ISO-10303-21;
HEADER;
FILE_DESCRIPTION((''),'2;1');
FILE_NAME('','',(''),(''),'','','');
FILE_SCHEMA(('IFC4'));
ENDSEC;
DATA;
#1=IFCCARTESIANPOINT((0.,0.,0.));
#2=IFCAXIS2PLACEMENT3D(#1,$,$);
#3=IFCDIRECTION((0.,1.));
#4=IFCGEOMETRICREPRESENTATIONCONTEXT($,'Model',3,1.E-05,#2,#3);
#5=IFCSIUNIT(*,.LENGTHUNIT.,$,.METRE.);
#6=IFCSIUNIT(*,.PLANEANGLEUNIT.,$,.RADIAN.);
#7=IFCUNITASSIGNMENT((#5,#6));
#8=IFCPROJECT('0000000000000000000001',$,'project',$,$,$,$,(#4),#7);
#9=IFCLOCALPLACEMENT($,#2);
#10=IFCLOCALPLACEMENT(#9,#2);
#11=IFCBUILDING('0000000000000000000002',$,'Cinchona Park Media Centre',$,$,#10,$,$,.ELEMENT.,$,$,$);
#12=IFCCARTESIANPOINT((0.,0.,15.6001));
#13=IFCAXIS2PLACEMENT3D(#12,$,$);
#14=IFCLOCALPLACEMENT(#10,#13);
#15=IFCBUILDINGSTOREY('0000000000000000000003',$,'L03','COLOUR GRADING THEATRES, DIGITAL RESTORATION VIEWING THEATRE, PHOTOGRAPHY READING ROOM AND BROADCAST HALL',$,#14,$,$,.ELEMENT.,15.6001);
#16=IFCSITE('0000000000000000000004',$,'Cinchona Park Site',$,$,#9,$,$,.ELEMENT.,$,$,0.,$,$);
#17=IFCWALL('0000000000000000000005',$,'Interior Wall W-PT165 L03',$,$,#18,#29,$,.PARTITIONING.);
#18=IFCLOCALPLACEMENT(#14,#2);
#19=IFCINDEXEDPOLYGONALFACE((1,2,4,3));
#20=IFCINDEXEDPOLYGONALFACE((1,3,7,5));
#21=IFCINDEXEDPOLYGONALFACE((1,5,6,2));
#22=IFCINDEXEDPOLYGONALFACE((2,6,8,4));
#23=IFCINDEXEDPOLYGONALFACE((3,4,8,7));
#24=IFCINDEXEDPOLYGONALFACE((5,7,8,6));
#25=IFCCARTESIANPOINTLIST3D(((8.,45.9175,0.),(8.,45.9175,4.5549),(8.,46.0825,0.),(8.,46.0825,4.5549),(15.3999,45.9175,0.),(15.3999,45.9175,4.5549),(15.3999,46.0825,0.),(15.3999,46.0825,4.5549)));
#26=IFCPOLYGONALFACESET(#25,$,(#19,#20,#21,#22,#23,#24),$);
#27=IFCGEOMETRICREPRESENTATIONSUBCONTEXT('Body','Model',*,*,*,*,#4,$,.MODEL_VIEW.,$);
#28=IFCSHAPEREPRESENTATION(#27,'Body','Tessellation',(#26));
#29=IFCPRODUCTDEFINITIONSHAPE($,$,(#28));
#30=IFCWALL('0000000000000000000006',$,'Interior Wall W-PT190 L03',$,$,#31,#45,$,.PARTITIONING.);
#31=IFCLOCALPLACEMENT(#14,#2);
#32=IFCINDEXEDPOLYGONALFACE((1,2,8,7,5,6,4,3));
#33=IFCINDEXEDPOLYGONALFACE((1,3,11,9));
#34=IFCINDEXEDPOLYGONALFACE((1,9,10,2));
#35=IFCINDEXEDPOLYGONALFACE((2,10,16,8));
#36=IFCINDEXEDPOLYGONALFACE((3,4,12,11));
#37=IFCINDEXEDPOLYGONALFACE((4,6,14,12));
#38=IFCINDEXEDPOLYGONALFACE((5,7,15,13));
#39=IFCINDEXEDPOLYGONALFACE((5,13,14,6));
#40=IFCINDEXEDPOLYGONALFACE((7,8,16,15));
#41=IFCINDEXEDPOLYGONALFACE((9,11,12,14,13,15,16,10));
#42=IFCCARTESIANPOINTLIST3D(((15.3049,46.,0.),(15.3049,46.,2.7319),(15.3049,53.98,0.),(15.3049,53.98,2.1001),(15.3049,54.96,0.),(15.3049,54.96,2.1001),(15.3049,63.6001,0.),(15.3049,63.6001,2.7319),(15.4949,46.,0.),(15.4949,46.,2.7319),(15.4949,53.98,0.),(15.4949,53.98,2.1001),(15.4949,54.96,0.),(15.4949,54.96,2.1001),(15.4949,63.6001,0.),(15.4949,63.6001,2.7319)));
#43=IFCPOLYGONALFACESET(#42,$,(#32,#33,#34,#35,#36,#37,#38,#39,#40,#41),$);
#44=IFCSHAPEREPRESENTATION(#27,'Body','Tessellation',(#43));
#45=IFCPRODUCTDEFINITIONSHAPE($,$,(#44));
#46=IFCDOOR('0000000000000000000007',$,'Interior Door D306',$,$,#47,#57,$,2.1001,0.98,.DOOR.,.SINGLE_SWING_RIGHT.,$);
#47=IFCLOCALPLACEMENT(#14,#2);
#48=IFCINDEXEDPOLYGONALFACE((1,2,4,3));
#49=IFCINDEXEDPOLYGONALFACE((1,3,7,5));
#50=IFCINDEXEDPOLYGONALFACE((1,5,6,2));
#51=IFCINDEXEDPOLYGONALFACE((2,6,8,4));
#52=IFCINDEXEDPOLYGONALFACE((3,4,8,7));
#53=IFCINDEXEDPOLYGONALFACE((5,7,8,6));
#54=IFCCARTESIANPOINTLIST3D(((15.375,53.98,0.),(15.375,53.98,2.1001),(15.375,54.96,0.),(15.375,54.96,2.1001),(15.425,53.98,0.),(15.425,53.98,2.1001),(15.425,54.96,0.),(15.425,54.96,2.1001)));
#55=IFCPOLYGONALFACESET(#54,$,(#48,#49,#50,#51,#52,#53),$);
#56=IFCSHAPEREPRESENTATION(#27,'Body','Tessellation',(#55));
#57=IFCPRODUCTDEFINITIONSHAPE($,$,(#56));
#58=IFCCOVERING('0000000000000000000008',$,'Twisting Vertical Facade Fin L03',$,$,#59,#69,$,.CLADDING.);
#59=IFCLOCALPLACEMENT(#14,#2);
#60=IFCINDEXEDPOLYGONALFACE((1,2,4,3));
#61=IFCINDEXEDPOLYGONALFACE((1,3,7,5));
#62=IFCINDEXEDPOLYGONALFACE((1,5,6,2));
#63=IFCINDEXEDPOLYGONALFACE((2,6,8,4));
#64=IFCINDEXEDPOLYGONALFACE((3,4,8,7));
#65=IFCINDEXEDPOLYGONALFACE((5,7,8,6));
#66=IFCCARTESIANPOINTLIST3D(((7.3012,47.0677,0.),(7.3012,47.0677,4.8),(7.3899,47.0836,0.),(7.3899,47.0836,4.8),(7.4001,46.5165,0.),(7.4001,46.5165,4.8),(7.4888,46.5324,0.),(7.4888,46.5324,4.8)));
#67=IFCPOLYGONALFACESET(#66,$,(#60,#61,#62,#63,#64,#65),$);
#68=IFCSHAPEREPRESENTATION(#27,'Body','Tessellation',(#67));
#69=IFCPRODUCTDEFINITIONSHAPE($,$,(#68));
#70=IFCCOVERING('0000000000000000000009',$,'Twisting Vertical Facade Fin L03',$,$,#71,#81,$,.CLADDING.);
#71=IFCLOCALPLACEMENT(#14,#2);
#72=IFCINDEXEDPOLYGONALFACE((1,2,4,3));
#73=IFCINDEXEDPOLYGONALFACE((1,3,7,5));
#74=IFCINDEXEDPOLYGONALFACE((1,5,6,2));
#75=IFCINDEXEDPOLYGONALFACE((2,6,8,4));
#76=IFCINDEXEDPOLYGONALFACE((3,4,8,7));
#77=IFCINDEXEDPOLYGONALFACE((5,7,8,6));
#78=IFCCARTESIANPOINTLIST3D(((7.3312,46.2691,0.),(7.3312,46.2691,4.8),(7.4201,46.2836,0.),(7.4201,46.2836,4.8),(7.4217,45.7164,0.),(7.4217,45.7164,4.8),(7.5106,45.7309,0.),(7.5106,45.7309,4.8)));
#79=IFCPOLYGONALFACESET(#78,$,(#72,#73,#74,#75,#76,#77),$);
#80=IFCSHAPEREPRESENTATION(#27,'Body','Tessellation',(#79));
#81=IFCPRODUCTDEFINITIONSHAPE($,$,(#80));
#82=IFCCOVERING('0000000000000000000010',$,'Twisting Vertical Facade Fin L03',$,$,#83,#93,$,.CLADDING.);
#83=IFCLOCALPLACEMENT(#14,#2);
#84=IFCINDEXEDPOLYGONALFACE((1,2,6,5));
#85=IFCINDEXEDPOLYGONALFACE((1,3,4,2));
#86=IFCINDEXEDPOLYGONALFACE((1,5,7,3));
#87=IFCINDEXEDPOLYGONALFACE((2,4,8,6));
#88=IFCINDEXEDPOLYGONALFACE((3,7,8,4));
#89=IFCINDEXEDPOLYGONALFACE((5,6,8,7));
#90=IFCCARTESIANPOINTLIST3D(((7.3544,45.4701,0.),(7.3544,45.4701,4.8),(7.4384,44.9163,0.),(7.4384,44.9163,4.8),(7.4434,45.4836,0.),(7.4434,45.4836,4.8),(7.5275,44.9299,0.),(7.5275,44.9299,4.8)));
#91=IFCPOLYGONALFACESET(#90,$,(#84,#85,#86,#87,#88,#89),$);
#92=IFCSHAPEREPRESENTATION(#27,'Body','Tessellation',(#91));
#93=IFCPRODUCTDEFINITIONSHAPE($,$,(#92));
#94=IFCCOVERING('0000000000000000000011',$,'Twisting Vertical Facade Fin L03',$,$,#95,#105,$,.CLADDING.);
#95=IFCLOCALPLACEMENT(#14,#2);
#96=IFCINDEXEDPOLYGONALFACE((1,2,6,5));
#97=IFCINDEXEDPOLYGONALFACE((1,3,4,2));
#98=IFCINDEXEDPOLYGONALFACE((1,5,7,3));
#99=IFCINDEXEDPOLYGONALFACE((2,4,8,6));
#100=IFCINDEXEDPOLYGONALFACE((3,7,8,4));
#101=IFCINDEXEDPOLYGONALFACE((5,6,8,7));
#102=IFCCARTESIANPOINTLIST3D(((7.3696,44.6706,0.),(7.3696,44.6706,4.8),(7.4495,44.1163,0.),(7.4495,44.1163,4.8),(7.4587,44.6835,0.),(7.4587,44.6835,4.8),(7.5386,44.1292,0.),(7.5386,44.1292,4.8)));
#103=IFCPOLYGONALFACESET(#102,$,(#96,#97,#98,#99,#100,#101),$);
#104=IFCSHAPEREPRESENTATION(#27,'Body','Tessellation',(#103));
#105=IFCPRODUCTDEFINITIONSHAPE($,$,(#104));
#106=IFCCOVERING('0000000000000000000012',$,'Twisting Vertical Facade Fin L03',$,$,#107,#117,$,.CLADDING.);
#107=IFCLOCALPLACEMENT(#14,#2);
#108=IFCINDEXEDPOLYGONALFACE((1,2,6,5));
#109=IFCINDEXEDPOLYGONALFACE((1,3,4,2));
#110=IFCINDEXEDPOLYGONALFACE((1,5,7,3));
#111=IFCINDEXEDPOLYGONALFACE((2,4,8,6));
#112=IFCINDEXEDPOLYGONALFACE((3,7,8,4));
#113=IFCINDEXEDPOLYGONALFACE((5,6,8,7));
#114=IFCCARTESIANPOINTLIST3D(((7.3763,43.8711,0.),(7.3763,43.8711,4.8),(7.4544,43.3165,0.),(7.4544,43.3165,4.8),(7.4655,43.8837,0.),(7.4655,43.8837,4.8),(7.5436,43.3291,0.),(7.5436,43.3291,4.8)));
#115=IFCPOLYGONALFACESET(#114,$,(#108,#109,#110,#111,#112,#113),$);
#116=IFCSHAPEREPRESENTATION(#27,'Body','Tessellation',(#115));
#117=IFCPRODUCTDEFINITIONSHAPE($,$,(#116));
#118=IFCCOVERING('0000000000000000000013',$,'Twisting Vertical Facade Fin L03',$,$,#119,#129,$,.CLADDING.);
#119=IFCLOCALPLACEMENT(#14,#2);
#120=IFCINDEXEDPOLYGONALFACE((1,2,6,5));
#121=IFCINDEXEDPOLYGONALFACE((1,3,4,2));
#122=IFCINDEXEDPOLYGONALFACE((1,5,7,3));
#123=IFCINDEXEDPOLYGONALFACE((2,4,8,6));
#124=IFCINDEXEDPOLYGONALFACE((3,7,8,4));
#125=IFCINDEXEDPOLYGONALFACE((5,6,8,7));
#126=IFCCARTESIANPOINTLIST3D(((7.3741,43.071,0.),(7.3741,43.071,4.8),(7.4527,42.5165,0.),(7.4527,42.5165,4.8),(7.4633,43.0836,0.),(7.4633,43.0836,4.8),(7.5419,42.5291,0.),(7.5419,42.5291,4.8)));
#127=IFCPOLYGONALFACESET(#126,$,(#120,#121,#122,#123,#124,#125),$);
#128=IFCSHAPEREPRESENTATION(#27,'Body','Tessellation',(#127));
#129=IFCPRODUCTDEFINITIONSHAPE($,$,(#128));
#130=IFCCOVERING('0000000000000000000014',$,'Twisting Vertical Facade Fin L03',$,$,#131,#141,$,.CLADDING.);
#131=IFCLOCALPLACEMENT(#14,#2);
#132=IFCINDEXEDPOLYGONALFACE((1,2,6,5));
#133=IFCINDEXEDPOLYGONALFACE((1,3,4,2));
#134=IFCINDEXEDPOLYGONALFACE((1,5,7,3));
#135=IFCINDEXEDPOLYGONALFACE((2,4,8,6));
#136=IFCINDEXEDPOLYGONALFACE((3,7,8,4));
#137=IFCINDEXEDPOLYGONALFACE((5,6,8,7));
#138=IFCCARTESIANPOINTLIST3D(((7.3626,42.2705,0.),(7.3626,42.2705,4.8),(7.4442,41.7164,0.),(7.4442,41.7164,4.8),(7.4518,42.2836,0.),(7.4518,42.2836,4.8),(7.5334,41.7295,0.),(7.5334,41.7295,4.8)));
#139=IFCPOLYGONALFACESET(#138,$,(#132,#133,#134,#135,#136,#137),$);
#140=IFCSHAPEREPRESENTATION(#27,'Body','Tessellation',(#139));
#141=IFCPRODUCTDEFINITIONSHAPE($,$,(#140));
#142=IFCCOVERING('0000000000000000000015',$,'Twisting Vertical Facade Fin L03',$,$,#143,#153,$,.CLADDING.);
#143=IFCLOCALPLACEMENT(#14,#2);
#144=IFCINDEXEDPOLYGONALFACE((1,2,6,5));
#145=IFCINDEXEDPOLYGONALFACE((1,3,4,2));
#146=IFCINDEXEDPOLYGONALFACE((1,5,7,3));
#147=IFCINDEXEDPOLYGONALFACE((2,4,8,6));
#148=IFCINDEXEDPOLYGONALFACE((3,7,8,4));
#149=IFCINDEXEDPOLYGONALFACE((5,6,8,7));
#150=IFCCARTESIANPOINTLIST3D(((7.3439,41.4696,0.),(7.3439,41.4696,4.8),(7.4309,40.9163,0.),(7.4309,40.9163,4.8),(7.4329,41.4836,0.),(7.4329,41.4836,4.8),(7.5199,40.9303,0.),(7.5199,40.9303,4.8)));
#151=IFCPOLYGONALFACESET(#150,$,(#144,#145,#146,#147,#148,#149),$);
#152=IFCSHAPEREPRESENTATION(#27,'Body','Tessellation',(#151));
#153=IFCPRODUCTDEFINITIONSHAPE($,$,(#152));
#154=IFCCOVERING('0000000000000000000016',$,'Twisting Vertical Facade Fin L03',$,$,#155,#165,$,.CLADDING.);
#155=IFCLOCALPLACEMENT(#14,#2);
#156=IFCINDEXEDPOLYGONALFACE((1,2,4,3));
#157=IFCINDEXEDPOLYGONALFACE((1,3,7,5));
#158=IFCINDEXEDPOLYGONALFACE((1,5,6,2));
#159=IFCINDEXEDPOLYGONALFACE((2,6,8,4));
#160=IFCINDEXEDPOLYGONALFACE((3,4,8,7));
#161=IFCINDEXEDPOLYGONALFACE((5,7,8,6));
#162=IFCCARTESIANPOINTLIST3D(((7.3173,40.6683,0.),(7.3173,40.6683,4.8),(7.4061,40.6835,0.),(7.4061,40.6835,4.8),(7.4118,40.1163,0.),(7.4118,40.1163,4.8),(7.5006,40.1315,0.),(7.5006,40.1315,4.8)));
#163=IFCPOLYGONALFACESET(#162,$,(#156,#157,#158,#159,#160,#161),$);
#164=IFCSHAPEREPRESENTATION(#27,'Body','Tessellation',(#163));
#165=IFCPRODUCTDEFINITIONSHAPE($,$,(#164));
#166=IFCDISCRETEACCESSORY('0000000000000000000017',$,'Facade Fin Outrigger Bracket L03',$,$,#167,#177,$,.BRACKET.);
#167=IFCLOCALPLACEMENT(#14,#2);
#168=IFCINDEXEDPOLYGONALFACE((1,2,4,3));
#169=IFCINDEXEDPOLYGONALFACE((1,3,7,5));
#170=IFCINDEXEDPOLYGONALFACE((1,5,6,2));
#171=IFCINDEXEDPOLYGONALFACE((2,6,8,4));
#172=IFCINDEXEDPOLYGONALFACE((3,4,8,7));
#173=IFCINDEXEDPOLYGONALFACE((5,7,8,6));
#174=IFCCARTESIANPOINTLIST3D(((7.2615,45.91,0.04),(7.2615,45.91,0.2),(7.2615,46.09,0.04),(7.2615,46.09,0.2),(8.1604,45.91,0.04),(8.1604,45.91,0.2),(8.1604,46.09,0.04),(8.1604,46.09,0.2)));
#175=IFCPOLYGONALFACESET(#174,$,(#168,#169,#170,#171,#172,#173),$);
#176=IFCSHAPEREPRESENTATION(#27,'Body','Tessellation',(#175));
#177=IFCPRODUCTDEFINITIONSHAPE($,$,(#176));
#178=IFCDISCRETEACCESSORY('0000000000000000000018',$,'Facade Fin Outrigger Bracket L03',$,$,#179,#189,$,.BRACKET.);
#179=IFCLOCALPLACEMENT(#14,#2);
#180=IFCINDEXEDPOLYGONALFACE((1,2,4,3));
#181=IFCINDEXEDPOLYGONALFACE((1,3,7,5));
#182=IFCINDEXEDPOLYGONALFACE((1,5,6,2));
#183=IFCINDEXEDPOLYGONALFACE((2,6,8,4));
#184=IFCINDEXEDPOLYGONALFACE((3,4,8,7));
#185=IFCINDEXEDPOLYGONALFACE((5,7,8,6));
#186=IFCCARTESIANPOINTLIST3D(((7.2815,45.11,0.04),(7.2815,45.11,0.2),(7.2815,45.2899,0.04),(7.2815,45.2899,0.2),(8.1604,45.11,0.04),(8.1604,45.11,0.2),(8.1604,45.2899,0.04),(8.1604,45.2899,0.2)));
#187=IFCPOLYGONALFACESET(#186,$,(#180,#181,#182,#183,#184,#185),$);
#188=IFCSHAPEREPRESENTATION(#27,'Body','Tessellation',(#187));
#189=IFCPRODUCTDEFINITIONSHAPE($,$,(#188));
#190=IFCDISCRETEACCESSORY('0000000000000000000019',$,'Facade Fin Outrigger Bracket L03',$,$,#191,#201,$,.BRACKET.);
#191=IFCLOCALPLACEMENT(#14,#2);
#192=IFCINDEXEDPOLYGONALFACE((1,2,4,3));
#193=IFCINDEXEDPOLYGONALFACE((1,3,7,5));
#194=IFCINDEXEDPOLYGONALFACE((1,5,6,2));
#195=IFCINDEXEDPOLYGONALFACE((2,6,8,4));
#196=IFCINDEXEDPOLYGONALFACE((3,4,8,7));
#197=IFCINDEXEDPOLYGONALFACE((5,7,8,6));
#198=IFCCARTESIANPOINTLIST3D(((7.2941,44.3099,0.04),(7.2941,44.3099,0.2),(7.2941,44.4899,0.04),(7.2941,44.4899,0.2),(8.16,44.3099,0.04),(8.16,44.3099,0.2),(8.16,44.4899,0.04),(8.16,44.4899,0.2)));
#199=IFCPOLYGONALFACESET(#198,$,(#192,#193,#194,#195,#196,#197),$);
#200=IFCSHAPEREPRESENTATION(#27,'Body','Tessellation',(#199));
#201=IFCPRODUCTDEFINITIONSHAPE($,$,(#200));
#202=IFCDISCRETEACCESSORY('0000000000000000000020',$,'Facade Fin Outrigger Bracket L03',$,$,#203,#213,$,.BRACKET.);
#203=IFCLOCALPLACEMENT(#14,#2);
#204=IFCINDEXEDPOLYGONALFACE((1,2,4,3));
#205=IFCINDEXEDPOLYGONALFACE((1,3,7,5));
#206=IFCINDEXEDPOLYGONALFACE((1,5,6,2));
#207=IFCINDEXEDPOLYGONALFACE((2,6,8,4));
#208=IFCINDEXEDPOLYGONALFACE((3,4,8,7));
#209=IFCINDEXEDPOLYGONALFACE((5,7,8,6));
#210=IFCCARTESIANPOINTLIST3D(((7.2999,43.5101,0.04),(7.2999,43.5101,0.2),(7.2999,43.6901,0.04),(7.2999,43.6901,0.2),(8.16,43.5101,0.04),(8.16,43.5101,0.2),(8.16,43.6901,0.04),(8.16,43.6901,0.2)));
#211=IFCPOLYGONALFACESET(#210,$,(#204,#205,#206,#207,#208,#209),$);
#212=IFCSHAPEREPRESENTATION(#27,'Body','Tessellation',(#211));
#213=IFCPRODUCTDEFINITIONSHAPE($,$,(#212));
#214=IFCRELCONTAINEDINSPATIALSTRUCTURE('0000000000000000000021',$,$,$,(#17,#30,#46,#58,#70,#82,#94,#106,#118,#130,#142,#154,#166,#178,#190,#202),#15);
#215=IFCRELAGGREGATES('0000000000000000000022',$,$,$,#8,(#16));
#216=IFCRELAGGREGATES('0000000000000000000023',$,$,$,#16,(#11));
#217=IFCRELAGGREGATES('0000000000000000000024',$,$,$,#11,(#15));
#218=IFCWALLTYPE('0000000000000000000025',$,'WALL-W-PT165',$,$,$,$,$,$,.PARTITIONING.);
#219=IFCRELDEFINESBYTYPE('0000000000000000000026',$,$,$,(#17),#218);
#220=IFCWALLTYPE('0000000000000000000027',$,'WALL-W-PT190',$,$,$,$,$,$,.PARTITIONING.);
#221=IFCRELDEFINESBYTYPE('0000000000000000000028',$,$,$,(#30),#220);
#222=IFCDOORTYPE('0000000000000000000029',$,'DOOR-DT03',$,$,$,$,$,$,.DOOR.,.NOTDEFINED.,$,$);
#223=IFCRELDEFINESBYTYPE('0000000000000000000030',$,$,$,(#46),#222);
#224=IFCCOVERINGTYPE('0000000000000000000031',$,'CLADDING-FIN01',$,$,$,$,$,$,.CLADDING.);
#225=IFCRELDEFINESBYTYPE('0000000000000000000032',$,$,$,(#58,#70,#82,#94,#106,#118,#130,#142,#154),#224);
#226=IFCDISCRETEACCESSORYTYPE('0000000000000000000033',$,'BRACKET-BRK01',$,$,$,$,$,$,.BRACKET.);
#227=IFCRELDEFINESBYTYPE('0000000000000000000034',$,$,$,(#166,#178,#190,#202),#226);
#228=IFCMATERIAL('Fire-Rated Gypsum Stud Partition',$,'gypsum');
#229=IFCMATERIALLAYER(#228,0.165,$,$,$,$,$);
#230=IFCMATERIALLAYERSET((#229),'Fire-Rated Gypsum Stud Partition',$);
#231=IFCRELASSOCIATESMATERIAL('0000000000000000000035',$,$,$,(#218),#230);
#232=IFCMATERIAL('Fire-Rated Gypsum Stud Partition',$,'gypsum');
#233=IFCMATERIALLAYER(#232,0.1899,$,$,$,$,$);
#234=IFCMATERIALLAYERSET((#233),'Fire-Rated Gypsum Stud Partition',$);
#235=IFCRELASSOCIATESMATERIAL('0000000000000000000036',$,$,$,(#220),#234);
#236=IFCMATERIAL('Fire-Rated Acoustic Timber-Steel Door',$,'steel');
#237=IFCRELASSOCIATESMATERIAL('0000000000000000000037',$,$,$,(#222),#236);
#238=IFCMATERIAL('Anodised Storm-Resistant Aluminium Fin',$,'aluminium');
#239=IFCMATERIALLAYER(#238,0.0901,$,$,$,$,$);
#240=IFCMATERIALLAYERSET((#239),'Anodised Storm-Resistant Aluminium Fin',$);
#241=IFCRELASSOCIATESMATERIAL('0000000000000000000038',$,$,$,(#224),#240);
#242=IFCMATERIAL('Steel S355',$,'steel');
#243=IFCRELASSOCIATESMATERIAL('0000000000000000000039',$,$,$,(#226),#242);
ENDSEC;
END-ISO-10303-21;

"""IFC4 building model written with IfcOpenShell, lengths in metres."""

from ifc_helpers import new_model, si_unit, direction, frame, frame_2d, origin, origin_2d, place, context, subcontext, project, spatial, rectangle, extrude, material, layer, layer_set, type_object, element, fill, save


model = new_model("IFC4")

# Units and contexts
model_context = context("Model", 3, precision=1e-05, world=origin(), true_north=direction((0.0, 1.0)))
body_context = subcontext(model_context, "Body", "Model", "MODEL_VIEW")
ifc_project = project(units=[si_unit("LENGTHUNIT", "METRE"), si_unit("PLANEANGLEUNIT", "RADIAN")], contexts=[model_context])

# Site, building, storey
site_placement = place(None, origin())
site = spatial("IfcSite", under=ifc_project, at=site_placement, Name="Cinchona Park Site", CompositionType="ELEMENT", RefElevation=0.0)
building_placement = place(site_placement, origin())
building = spatial("IfcBuilding", under=site, at=building_placement, Name="Cinchona Park Media Centre", CompositionType="ELEMENT")
storey_placement = place(building_placement, frame((0.0, 0.0, 15.6001)))
storey = spatial("IfcBuildingStorey", under=building, at=storey_placement, Name="L03", Description="COLOUR GRADING THEATRES, DIGITAL RESTORATION VIEWING THEATRE, PHOTOGRAPHY READING ROOM AND BROADCAST HALL", CompositionType="ELEMENT", Elevation=15.6001)

# Wall
ifc_material_1 = material(Name="Fire-Rated Gypsum Stud Partition", Category="gypsum")
ifc_layer_1 = layer(ifc_material_1, 0.165)
ifc_layer_set_1 = layer_set([ifc_layer_1], Name="Fire-Rated Gypsum Stud Partition")
wall_type_1 = type_object("IfcWallType", Name="WALL-W-PT165", PredefinedType="PARTITIONING", material=ifc_layer_set_1)
wall_1_placement = place(storey_placement, frame((8.0, 46.0, 0.0), z_axis=(0.0, 0.0, 1.0), x_axis=(1.0, 0.0, 0.0)))
element("IfcWall", 1, at=wall_1_placement, inside=storey, type_object=wall_type_1, Name="Interior Wall W-PT165 L03", PredefinedType="PARTITIONING", context=body_context, shape_type="SweptSolid", body=[
    extrude(rectangle(XDim=7.3999, YDim=0.165, at=frame_2d((3.7, 0.0))), origin(), (0.0, 0.0, 1.0), 4.5549),
])

# Wall, opening, door
ifc_material_2 = material(Name="Fire-Rated Gypsum Stud Partition", Category="gypsum")
ifc_layer_2 = layer(ifc_material_2, 0.1899)
ifc_layer_set_2 = layer_set([ifc_layer_2], Name="Fire-Rated Gypsum Stud Partition")
wall_type_2 = type_object("IfcWallType", Name="WALL-W-PT190", PredefinedType="PARTITIONING", material=ifc_layer_set_2)
wall_2_placement = place(storey_placement, frame((15.3999, 46.0, 0.0), z_axis=(0.0, 0.0, 1.0), x_axis=(0.0, 1.0, 0.0)))
wall_2 = element("IfcWall", 2, at=wall_2_placement, inside=storey, type_object=wall_type_2, Name="Interior Wall W-PT190 L03", PredefinedType="PARTITIONING", context=body_context, shape_type="SweptSolid", body=[
    extrude(rectangle(XDim=17.6001, YDim=0.1899, at=frame_2d((8.8, 0.0))), origin(), (0.0, 0.0, 1.0), 2.7319),
])
opening_placement = place(wall_2_placement, frame((7.98, 0.0, 0.0)))
opening = element("IfcOpeningElement", 3, at=opening_placement, cuts=wall_2, PredefinedType="OPENING", context=body_context, shape_type="SweptSolid", body=[
    extrude(rectangle(XDim=0.98, YDim=2.1001, at=frame_2d((0.49, 1.05))), frame((0.0, 0.105, 0.0), z_axis=(0.0, -1.0, 0.0), x_axis=(1.0, 0.0, 0.0)), (0.0, 0.0, 1.0), 0.21),
])
ifc_material_3 = material(Name="Fire-Rated Acoustic Timber-Steel Door", Category="steel")
door_type = type_object("IfcDoorType", Name="DOOR-DT03", OperationType="NOTDEFINED", PredefinedType="DOOR", material=ifc_material_3)
door_placement = place(opening_placement, origin())
door = element("IfcDoor", 4, at=door_placement, inside=storey, type_object=door_type, Name="Interior Door D306", OperationType="SINGLE_SWING_RIGHT", OverallHeight=2.1001, OverallWidth=0.98, PredefinedType="DOOR", context=body_context, shape_type="SweptSolid", body=[
    extrude(rectangle(XDim=0.98, YDim=2.1001, at=frame_2d((0.49, 1.05))), frame((0.0, 0.0249, 0.0), z_axis=(0.0, -1.0, 0.0), x_axis=(1.0, 0.0, 0.0)), (0.0, 0.0, 1.0), 0.05),
])
fill(opening, door)

# Coverings
ifc_material_4 = material(Name="Anodised Storm-Resistant Aluminium Fin", Category="aluminium")
ifc_layer_3 = layer(ifc_material_4, 0.0901)
ifc_layer_set_3 = layer_set([ifc_layer_3], Name="Anodised Storm-Resistant Aluminium Fin")
covering_type = type_object("IfcCoveringType", Name="CLADDING-FIN01", PredefinedType="CLADDING", material=ifc_layer_set_3)
for number, where, z_axis, x_axis, name in (
    (5, (7.395, 46.8, 0.0), (0.0, 0.0, 1.0), (0.176569, -0.984288, 0.0), "Twisting Vertical Facade Fin L03"),
    (6, (7.4209, 46.0, 0.0), (0.0, 0.0, 1.0), (0.161604, -0.986856, 0.0), "Twisting Vertical Facade Fin L03"),
    (7, (7.4409, 45.2, 0.0), (0.0, 0.0, 1.0), (0.150053, -0.988678, 0.0), "Twisting Vertical Facade Fin L03"),
    (8, (7.4541, 44.3999, 0.0), (0.0, 0.0, 1.0), (0.142629, -0.989776, 0.0), "Twisting Vertical Facade Fin L03"),
    (9, (7.46, 43.6001, 0.0), (0.0, 0.0, 1.0), (0.139346, -0.990244, 0.0), "Twisting Vertical Facade Fin L03"),
    (10, (7.458, 42.8, 0.0), (0.0, 0.0, 1.0), (0.140383, -0.990097, 0.0), "Twisting Vertical Facade Fin L03"),
    (11, (7.448, 42.0, 0.0), (0.0, 0.0, 1.0), (0.145738, -0.989323, 0.0), "Twisting Vertical Facade Fin L03"),
    (12, (7.4319, 41.2, 0.0), (0.0, 0.0, 1.0), (0.1554, -0.987852, 0.0), "Twisting Vertical Facade Fin L03"),
    (13, (7.4089, 40.3999, 0.0), (0.0, 0.0, 1.0), (0.168661, -0.985674, 0.0), "Twisting Vertical Facade Fin L03"),
):
    element("IfcCovering", number, at=place(storey_placement, frame(where, z_axis=z_axis, x_axis=x_axis)), inside=storey, type_object=covering_type, Name=name, PredefinedType="CLADDING", context=body_context, shape_type="SweptSolid", body=[
        extrude(rectangle(XDim=0.5601, YDim=0.0901, at=origin_2d()), origin(), (0.0, 0.0, 1.0), 4.8),
    ])

# Discrete accessories
ifc_material_5 = material(Name="Steel S355", Category="steel")
discrete_accessory_type = type_object("IfcDiscreteAccessoryType", Name="BRACKET-BRK01", PredefinedType="BRACKET", material=ifc_material_5)
discrete_accessory_1_placement = place(storey_placement, frame((7.7109, 46.0, 0.04), z_axis=(0.0, 0.0, 1.0), x_axis=(0.0, -1.0, 0.0)))
element("IfcDiscreteAccessory", 14, at=discrete_accessory_1_placement, inside=storey, type_object=discrete_accessory_type, Name="Facade Fin Outrigger Bracket L03", PredefinedType="BRACKET", context=body_context, shape_type="SweptSolid", body=[
    extrude(rectangle(XDim=0.1799, YDim=0.8989, at=origin_2d()), origin(), (0.0, 0.0, 1.0), 0.1599),
])
discrete_accessory_2_placement = place(storey_placement, frame((7.7209, 45.2, 0.04), z_axis=(0.0, 0.0, 1.0), x_axis=(0.0, -1.0, 0.0)))
element("IfcDiscreteAccessory", 15, at=discrete_accessory_2_placement, inside=storey, type_object=discrete_accessory_type, Name="Facade Fin Outrigger Bracket L03", PredefinedType="BRACKET", context=body_context, shape_type="SweptSolid", body=[
    extrude(rectangle(XDim=0.1799, YDim=0.8789, at=origin_2d()), origin(), (0.0, 0.0, 1.0), 0.1599),
])
discrete_accessory_3_placement = place(storey_placement, frame((7.7271, 44.3999, 0.04), z_axis=(0.0, 0.0, 1.0), x_axis=(0.0, -1.0, 0.0)))
element("IfcDiscreteAccessory", 16, at=discrete_accessory_3_placement, inside=storey, type_object=discrete_accessory_type, Name="Facade Fin Outrigger Bracket L03", PredefinedType="BRACKET", context=body_context, shape_type="SweptSolid", body=[
    extrude(rectangle(XDim=0.1799, YDim=0.866, at=origin_2d()), origin(), (0.0, 0.0, 1.0), 0.1599),
])
discrete_accessory_4_placement = place(storey_placement, frame((7.73, 43.6001, 0.04), z_axis=(0.0, 0.0, 1.0), x_axis=(0.0, -1.0, 0.0)))
element("IfcDiscreteAccessory", 17, at=discrete_accessory_4_placement, inside=storey, type_object=discrete_accessory_type, Name="Facade Fin Outrigger Bracket L03", PredefinedType="BRACKET", context=body_context, shape_type="SweptSolid", body=[
    extrude(rectangle(XDim=0.1799, YDim=0.8601, at=origin_2d()), origin(), (0.0, 0.0, 1.0), 0.1599),
])

save(model, "model.ifc")
